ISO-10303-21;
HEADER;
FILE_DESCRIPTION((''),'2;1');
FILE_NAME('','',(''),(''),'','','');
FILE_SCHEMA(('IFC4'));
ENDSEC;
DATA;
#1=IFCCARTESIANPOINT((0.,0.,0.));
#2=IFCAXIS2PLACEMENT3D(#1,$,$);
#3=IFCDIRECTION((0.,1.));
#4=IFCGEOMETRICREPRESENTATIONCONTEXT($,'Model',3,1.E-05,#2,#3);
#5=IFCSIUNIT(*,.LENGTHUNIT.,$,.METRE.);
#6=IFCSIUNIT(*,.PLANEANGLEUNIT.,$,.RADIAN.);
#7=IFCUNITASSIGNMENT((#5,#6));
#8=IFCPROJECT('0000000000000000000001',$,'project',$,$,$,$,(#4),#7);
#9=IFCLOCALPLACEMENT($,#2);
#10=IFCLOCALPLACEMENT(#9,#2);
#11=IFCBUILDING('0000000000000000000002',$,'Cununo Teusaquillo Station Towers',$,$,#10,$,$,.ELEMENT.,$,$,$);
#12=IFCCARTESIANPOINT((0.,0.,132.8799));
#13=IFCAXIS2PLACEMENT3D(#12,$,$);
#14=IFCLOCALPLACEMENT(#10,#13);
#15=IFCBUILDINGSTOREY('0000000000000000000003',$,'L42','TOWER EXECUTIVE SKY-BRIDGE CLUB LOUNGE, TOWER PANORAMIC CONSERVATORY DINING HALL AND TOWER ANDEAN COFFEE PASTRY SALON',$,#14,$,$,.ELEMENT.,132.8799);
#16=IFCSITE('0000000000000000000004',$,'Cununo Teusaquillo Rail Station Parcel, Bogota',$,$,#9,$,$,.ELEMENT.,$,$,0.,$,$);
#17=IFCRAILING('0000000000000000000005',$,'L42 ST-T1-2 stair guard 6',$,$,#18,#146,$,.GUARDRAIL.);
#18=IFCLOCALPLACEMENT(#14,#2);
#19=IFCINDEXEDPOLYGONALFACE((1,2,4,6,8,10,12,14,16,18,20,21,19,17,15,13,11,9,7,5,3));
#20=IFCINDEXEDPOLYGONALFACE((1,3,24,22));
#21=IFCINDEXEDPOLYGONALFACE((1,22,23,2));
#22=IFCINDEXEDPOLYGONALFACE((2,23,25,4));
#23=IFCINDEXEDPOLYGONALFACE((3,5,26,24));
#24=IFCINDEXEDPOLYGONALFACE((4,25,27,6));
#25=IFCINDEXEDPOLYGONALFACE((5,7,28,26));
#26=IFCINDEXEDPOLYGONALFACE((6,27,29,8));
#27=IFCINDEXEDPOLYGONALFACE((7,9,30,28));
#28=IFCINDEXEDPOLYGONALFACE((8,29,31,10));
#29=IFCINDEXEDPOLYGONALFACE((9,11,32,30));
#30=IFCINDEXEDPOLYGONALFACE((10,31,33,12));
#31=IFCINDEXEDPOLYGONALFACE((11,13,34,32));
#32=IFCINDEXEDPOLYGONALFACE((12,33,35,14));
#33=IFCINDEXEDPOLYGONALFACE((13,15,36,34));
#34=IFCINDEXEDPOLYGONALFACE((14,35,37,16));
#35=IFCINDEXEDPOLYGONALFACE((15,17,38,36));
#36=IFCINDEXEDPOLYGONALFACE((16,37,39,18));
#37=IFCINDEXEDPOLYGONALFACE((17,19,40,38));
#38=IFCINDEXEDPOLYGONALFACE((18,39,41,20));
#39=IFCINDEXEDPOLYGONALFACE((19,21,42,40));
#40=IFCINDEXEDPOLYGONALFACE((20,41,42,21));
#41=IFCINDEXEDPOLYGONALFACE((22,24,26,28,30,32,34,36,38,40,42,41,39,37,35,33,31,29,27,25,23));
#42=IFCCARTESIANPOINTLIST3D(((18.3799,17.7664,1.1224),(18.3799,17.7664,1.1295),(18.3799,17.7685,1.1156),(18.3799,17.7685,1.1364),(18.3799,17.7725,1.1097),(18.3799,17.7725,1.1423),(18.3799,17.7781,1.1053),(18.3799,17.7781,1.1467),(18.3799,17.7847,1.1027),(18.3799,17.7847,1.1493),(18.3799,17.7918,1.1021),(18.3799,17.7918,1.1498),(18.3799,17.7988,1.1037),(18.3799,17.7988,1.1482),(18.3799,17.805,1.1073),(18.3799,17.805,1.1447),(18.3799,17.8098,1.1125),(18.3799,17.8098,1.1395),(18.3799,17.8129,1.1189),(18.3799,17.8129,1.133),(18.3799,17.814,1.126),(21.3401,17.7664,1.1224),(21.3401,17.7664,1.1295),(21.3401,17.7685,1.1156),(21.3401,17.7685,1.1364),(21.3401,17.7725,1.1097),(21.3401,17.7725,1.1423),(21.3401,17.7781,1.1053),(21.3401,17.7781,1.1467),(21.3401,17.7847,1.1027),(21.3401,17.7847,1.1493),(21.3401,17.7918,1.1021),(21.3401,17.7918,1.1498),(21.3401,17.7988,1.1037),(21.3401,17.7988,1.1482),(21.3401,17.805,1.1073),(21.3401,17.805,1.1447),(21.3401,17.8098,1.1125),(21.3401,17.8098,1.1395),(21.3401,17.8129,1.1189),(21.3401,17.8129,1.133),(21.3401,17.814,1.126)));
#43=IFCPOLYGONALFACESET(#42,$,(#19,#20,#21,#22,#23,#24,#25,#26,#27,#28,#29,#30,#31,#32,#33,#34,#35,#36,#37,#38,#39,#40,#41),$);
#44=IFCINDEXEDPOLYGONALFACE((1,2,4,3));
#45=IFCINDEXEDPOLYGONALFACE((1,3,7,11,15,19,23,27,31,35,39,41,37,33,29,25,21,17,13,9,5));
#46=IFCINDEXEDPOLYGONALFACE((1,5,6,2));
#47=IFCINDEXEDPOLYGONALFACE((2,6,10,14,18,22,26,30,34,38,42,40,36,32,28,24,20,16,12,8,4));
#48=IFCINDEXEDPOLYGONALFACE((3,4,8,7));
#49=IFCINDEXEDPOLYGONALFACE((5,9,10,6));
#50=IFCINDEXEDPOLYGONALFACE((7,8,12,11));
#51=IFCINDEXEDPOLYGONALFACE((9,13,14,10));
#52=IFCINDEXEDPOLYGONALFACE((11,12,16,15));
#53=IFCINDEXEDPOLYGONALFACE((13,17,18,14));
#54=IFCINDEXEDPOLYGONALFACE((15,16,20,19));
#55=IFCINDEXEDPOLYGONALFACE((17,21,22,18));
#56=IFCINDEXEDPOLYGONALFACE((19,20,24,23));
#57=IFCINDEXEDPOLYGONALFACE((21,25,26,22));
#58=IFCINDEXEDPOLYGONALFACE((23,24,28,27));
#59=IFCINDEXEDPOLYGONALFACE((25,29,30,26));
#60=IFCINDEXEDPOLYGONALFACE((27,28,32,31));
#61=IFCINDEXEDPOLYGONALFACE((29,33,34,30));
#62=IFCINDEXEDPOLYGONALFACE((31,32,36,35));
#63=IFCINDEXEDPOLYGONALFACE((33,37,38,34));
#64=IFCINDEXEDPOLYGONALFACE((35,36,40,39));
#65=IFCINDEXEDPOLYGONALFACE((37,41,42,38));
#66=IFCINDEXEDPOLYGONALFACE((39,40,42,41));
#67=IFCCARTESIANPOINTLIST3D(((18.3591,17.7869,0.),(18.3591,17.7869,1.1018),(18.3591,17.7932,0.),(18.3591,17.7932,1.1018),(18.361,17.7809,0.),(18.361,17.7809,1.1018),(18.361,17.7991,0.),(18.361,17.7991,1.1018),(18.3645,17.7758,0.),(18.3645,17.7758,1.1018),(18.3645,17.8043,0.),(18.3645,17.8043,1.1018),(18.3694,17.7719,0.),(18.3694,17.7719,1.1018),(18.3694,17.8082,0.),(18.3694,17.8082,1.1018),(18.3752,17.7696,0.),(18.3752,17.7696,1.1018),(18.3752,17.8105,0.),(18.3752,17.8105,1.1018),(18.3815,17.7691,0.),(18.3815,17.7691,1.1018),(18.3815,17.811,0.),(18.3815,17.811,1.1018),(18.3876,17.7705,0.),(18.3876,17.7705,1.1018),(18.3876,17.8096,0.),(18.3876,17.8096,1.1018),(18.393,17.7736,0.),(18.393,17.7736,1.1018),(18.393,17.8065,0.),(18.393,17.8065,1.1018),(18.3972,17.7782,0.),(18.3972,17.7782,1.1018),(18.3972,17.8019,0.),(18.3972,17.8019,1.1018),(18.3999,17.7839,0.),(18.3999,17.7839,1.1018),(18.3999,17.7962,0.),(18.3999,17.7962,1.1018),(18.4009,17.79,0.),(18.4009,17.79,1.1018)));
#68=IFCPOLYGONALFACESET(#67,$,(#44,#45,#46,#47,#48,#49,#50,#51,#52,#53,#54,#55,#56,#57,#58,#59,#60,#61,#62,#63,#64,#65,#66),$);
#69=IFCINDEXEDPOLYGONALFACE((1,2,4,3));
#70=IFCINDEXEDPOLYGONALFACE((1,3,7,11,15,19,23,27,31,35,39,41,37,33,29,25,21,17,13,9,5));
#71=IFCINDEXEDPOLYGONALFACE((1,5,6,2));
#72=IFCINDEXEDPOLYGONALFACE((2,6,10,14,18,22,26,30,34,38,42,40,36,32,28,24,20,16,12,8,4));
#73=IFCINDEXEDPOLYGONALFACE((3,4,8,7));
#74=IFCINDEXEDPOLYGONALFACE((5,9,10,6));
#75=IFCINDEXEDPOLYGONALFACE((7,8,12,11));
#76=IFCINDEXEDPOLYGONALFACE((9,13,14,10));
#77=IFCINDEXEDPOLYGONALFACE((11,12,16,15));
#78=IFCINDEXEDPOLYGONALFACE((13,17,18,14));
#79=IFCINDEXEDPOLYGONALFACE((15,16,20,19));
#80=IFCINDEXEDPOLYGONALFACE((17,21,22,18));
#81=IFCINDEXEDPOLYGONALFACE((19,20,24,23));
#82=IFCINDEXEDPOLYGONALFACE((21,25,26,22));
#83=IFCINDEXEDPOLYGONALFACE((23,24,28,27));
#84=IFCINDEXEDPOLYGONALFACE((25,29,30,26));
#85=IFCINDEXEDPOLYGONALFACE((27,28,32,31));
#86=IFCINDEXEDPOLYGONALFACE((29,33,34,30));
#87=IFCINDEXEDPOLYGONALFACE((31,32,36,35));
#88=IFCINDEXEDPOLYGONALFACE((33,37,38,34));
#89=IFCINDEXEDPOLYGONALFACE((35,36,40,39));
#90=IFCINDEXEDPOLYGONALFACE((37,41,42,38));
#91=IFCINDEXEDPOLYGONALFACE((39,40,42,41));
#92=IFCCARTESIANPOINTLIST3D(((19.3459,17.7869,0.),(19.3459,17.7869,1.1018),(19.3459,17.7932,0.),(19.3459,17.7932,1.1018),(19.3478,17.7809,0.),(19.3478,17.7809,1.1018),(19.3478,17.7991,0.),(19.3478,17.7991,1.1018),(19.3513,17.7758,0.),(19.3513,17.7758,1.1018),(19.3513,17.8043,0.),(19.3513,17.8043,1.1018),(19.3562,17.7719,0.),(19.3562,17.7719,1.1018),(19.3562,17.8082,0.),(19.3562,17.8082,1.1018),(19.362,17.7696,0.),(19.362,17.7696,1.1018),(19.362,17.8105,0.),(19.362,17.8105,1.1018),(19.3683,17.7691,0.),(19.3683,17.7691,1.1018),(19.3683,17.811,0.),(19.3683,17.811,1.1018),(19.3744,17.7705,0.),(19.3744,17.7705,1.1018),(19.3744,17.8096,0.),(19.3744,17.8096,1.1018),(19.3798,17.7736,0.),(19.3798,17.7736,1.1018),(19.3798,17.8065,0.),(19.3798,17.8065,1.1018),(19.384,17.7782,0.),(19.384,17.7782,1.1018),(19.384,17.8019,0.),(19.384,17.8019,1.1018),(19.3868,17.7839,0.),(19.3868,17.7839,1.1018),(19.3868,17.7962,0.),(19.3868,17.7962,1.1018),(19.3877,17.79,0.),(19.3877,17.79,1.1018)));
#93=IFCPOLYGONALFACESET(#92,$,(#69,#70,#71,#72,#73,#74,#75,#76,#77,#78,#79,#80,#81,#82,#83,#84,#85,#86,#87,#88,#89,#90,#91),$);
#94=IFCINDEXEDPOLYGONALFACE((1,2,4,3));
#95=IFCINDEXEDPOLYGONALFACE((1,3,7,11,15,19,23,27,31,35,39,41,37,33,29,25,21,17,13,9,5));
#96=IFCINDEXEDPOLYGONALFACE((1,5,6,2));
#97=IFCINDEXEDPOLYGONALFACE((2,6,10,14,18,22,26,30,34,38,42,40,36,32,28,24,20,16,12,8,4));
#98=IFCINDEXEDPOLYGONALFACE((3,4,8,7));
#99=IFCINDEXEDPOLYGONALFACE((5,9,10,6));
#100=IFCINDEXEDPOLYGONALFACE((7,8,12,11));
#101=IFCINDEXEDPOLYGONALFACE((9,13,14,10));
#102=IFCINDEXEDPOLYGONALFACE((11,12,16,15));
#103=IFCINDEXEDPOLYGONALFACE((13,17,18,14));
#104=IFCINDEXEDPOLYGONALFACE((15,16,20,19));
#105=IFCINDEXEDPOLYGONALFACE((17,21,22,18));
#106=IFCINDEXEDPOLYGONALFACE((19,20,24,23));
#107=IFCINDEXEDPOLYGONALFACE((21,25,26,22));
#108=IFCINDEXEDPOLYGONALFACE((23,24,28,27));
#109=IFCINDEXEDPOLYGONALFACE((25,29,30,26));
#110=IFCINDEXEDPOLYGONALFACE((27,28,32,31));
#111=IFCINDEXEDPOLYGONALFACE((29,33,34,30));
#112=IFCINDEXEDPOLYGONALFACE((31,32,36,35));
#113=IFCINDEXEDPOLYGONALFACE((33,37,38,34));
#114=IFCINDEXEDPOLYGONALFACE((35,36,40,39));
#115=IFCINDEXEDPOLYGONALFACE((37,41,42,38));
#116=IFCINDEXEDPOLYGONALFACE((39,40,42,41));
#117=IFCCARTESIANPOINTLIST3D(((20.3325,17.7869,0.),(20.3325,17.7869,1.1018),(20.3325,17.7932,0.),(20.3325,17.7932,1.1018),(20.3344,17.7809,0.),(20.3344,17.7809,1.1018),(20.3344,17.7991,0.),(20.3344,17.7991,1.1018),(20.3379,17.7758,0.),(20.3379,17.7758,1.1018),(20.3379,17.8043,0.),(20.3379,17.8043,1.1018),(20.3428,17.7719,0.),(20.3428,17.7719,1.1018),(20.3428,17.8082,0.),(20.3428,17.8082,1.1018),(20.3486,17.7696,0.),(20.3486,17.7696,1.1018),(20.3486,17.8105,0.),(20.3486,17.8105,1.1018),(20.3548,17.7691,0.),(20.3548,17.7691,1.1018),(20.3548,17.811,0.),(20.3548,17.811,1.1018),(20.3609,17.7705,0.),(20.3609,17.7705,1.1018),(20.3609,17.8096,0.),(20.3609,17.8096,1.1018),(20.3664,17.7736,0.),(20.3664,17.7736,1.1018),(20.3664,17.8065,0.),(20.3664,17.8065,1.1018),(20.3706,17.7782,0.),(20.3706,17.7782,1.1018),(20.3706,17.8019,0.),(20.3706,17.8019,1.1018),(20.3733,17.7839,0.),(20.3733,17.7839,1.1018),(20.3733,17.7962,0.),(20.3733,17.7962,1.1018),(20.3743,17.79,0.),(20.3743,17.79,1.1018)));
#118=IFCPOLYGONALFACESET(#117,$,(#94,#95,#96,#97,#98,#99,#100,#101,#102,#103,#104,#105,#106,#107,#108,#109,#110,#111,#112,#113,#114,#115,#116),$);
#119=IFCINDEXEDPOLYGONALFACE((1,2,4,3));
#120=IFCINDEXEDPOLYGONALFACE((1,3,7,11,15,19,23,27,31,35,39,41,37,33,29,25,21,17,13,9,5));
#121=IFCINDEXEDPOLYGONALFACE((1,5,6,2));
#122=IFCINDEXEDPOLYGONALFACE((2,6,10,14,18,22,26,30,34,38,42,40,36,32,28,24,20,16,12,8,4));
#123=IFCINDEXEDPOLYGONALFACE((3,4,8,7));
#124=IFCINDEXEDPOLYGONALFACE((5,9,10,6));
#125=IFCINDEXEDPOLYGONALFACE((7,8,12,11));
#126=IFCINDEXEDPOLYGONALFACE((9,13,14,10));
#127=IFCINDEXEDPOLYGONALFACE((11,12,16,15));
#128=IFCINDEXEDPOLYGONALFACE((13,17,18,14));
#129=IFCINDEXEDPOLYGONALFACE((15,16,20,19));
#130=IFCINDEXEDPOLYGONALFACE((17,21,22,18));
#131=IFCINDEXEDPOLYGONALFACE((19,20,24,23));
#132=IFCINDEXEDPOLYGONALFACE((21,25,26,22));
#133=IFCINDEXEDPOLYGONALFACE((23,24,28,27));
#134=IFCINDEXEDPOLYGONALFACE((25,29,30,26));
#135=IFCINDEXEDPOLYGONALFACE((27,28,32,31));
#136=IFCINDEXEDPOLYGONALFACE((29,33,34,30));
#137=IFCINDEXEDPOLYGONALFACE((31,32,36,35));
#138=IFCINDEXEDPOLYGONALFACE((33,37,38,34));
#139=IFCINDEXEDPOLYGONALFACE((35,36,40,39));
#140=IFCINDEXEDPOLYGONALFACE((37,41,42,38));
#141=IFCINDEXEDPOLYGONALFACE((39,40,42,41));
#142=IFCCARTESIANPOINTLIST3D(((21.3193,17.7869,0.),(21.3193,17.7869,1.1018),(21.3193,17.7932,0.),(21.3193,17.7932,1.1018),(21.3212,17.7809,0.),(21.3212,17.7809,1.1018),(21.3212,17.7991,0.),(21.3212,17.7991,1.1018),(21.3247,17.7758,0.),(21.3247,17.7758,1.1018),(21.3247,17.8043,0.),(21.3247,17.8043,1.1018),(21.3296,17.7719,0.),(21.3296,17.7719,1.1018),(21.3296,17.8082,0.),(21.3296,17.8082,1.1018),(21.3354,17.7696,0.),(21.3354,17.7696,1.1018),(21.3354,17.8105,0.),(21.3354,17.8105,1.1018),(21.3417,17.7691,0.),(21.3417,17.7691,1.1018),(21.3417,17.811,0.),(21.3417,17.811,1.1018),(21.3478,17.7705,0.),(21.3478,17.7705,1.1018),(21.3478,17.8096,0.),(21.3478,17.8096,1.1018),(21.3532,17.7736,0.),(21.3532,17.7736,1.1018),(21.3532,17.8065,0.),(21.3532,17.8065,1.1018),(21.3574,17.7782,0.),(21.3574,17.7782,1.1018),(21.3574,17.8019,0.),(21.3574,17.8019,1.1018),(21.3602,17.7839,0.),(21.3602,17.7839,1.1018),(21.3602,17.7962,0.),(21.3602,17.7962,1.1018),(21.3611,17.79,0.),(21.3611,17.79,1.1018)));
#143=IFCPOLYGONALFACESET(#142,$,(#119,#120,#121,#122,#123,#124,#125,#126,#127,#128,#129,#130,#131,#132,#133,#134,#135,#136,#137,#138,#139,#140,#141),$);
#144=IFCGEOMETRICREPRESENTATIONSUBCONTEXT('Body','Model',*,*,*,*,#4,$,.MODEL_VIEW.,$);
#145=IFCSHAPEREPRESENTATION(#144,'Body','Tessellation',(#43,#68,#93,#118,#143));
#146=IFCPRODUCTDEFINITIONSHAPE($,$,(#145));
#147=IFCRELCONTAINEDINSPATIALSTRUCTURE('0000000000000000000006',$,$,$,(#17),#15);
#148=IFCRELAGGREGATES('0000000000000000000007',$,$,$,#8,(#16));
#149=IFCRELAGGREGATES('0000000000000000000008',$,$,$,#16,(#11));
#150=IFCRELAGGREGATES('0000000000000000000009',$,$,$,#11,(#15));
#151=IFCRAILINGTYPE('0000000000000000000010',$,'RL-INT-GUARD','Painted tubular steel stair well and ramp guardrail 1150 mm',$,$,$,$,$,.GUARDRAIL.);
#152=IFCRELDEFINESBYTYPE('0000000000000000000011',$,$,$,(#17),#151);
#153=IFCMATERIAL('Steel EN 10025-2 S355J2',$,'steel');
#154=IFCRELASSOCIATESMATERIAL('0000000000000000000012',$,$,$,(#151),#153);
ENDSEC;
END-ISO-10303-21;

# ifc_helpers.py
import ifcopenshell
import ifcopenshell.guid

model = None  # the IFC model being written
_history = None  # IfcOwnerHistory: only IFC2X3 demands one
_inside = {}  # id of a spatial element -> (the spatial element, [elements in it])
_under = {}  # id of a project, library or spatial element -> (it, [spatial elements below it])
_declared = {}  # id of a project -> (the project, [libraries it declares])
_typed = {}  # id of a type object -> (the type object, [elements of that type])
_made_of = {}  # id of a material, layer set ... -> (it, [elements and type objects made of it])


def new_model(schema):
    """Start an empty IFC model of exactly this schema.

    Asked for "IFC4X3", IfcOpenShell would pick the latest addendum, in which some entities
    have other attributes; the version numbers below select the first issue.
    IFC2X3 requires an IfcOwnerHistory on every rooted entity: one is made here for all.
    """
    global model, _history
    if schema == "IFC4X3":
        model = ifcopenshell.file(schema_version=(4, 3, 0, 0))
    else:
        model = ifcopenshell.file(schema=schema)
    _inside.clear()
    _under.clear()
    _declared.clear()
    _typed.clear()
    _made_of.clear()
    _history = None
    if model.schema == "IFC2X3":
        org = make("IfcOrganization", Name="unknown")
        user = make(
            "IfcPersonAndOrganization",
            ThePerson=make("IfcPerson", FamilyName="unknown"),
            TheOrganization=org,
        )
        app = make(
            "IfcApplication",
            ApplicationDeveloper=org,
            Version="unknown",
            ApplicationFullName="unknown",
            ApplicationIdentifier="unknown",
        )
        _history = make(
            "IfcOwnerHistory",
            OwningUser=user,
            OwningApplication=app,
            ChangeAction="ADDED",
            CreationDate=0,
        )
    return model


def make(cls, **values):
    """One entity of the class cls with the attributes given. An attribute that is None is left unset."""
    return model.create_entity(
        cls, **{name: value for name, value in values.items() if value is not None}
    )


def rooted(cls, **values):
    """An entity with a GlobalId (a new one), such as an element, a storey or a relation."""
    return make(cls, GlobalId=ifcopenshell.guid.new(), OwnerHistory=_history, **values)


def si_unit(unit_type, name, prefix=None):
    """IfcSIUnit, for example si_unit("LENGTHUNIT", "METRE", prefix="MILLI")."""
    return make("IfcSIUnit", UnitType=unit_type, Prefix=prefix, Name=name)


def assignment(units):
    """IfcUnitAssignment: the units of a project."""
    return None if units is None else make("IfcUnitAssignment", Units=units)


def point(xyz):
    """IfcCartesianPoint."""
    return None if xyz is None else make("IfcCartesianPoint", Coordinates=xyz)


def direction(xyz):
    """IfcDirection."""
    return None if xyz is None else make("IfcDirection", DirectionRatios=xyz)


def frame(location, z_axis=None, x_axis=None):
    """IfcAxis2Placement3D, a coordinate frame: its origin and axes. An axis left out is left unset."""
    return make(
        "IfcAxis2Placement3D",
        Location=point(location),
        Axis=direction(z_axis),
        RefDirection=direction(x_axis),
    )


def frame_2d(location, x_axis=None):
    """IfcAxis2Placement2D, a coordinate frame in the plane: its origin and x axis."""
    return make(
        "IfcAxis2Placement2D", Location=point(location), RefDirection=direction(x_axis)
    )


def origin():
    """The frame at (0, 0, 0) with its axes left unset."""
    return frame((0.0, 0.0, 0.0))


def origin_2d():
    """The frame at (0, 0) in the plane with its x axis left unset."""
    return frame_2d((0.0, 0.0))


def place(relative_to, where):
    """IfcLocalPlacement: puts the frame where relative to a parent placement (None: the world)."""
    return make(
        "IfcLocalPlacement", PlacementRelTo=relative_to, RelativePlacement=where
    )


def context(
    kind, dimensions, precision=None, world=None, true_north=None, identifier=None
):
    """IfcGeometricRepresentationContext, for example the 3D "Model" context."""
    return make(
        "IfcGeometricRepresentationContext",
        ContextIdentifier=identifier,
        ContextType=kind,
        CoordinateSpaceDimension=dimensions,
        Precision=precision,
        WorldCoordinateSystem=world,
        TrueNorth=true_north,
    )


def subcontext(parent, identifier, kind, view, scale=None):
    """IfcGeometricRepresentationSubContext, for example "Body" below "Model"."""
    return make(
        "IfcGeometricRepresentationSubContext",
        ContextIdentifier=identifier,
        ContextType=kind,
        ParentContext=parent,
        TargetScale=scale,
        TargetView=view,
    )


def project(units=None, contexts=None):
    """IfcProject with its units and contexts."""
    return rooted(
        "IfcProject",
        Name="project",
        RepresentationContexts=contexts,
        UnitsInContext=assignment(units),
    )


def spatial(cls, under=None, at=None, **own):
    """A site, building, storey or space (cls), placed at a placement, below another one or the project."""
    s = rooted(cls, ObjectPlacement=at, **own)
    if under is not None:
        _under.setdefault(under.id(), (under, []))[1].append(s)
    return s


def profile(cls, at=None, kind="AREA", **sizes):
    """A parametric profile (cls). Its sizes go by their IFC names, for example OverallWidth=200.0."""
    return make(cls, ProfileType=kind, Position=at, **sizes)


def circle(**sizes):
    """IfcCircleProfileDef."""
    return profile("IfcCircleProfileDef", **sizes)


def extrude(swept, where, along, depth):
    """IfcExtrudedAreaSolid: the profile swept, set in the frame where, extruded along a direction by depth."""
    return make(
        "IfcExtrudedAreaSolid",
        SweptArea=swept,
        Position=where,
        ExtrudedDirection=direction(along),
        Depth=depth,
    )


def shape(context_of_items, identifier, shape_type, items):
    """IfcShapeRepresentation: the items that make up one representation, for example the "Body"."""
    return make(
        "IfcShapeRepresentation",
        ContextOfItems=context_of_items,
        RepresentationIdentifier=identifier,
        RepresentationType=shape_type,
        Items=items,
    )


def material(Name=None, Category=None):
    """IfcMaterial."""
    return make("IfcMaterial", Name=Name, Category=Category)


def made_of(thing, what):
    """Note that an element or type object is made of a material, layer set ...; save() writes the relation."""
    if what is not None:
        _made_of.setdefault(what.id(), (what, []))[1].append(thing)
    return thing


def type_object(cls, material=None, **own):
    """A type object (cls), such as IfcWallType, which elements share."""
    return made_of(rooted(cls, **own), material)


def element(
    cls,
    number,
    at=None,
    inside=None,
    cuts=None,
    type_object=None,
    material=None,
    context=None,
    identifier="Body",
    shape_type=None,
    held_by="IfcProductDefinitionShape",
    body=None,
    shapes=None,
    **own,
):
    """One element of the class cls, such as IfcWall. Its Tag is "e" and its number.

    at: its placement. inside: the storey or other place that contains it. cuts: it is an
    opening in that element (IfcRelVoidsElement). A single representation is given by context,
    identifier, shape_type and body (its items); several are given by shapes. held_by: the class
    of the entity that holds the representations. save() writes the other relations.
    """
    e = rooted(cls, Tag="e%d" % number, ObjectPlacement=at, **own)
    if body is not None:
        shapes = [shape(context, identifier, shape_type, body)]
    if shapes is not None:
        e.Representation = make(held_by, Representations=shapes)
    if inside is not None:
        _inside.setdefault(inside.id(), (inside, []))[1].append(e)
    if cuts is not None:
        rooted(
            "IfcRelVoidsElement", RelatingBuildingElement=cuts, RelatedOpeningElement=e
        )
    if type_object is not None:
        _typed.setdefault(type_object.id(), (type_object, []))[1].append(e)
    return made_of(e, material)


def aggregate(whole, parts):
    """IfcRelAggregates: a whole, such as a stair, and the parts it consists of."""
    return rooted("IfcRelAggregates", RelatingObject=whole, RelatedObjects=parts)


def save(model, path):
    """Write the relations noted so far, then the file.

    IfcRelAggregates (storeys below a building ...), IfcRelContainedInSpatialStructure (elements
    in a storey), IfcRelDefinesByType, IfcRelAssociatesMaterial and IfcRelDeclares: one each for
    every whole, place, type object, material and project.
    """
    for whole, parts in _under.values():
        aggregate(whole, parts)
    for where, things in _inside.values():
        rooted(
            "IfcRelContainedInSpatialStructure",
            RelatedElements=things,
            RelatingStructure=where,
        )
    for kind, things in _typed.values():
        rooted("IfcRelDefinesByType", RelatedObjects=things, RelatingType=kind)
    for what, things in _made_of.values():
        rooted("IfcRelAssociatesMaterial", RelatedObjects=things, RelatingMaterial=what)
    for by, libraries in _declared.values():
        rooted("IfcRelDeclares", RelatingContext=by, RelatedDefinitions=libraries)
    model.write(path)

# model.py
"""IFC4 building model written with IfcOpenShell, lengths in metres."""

from ifc_helpers import new_model, si_unit, direction, frame, origin, origin_2d, place, context, subcontext, project, spatial, circle, extrude, material, type_object, element, save


model = new_model("IFC4")

# Units and contexts
model_context = context("Model", 3, precision=1e-05, world=origin(), true_north=direction((0.0, 1.0)))
body_context = subcontext(model_context, "Body", "Model", "MODEL_VIEW")
ifc_project = project(units=[si_unit("LENGTHUNIT", "METRE"), si_unit("PLANEANGLEUNIT", "RADIAN")], contexts=[model_context])

# Site, building, storey
site_placement = place(None, origin())
site = spatial("IfcSite", under=ifc_project, at=site_placement, Name="Cununo Teusaquillo Rail Station Parcel, Bogota", CompositionType="ELEMENT", RefElevation=0.0)
building_placement = place(site_placement, origin())
building = spatial("IfcBuilding", under=site, at=building_placement, Name="Cununo Teusaquillo Station Towers", CompositionType="ELEMENT")
storey_placement = place(building_placement, frame((0.0, 0.0, 132.8799)))
storey = spatial("IfcBuildingStorey", under=building, at=storey_placement, Name="L42", Description="TOWER EXECUTIVE SKY-BRIDGE CLUB LOUNGE, TOWER PANORAMIC CONSERVATORY DINING HALL AND TOWER ANDEAN COFFEE PASTRY SALON", CompositionType="ELEMENT", Elevation=132.8799)

# Railing
ifc_material_1 = material(Name="Steel EN 10025-2 S355J2", Category="steel")
railing_type_1 = type_object("IfcRailingType", Name="RL-INT-GUARD", Description="Painted tubular steel stair well and ramp guardrail 1150 mm", PredefinedType="GUARDRAIL", material=ifc_material_1)
railing_1_placement = place(storey_placement, frame((18.3799, 17.79, 0.0)))
element("IfcRailing", 1, at=railing_1_placement, inside=storey, type_object=railing_type_1, Name="L42 ST-T1-2 stair guard 6", PredefinedType="GUARDRAIL", context=body_context, shape_type="SweptSolid", body=[
    extrude(circle(Radius=0.0239, at=origin_2d()), frame((0.0, 0.0, 1.126), z_axis=(1.0, 0.0, 0.0), x_axis=(0.0, 1.0, 0.0)), (0.0, 0.0, 1.0), 2.9602),
    extrude(circle(Radius=0.021, at=origin_2d()), origin(), (0.0, 0.0, 1.0), 1.1018),
    extrude(circle(Radius=0.021, at=origin_2d()), frame((0.9868, 0.0, 0.0)), (0.0, 0.0, 1.0), 1.1018),
    extrude(circle(Radius=0.021, at=origin_2d()), frame((1.9734, 0.0, 0.0)), (0.0, 0.0, 1.0), 1.1018),
    extrude(circle(Radius=0.021, at=origin_2d()), frame((2.9602, 0.0, 0.0)), (0.0, 0.0, 1.0), 1.1018),
])

save(model, "model.ifc")
